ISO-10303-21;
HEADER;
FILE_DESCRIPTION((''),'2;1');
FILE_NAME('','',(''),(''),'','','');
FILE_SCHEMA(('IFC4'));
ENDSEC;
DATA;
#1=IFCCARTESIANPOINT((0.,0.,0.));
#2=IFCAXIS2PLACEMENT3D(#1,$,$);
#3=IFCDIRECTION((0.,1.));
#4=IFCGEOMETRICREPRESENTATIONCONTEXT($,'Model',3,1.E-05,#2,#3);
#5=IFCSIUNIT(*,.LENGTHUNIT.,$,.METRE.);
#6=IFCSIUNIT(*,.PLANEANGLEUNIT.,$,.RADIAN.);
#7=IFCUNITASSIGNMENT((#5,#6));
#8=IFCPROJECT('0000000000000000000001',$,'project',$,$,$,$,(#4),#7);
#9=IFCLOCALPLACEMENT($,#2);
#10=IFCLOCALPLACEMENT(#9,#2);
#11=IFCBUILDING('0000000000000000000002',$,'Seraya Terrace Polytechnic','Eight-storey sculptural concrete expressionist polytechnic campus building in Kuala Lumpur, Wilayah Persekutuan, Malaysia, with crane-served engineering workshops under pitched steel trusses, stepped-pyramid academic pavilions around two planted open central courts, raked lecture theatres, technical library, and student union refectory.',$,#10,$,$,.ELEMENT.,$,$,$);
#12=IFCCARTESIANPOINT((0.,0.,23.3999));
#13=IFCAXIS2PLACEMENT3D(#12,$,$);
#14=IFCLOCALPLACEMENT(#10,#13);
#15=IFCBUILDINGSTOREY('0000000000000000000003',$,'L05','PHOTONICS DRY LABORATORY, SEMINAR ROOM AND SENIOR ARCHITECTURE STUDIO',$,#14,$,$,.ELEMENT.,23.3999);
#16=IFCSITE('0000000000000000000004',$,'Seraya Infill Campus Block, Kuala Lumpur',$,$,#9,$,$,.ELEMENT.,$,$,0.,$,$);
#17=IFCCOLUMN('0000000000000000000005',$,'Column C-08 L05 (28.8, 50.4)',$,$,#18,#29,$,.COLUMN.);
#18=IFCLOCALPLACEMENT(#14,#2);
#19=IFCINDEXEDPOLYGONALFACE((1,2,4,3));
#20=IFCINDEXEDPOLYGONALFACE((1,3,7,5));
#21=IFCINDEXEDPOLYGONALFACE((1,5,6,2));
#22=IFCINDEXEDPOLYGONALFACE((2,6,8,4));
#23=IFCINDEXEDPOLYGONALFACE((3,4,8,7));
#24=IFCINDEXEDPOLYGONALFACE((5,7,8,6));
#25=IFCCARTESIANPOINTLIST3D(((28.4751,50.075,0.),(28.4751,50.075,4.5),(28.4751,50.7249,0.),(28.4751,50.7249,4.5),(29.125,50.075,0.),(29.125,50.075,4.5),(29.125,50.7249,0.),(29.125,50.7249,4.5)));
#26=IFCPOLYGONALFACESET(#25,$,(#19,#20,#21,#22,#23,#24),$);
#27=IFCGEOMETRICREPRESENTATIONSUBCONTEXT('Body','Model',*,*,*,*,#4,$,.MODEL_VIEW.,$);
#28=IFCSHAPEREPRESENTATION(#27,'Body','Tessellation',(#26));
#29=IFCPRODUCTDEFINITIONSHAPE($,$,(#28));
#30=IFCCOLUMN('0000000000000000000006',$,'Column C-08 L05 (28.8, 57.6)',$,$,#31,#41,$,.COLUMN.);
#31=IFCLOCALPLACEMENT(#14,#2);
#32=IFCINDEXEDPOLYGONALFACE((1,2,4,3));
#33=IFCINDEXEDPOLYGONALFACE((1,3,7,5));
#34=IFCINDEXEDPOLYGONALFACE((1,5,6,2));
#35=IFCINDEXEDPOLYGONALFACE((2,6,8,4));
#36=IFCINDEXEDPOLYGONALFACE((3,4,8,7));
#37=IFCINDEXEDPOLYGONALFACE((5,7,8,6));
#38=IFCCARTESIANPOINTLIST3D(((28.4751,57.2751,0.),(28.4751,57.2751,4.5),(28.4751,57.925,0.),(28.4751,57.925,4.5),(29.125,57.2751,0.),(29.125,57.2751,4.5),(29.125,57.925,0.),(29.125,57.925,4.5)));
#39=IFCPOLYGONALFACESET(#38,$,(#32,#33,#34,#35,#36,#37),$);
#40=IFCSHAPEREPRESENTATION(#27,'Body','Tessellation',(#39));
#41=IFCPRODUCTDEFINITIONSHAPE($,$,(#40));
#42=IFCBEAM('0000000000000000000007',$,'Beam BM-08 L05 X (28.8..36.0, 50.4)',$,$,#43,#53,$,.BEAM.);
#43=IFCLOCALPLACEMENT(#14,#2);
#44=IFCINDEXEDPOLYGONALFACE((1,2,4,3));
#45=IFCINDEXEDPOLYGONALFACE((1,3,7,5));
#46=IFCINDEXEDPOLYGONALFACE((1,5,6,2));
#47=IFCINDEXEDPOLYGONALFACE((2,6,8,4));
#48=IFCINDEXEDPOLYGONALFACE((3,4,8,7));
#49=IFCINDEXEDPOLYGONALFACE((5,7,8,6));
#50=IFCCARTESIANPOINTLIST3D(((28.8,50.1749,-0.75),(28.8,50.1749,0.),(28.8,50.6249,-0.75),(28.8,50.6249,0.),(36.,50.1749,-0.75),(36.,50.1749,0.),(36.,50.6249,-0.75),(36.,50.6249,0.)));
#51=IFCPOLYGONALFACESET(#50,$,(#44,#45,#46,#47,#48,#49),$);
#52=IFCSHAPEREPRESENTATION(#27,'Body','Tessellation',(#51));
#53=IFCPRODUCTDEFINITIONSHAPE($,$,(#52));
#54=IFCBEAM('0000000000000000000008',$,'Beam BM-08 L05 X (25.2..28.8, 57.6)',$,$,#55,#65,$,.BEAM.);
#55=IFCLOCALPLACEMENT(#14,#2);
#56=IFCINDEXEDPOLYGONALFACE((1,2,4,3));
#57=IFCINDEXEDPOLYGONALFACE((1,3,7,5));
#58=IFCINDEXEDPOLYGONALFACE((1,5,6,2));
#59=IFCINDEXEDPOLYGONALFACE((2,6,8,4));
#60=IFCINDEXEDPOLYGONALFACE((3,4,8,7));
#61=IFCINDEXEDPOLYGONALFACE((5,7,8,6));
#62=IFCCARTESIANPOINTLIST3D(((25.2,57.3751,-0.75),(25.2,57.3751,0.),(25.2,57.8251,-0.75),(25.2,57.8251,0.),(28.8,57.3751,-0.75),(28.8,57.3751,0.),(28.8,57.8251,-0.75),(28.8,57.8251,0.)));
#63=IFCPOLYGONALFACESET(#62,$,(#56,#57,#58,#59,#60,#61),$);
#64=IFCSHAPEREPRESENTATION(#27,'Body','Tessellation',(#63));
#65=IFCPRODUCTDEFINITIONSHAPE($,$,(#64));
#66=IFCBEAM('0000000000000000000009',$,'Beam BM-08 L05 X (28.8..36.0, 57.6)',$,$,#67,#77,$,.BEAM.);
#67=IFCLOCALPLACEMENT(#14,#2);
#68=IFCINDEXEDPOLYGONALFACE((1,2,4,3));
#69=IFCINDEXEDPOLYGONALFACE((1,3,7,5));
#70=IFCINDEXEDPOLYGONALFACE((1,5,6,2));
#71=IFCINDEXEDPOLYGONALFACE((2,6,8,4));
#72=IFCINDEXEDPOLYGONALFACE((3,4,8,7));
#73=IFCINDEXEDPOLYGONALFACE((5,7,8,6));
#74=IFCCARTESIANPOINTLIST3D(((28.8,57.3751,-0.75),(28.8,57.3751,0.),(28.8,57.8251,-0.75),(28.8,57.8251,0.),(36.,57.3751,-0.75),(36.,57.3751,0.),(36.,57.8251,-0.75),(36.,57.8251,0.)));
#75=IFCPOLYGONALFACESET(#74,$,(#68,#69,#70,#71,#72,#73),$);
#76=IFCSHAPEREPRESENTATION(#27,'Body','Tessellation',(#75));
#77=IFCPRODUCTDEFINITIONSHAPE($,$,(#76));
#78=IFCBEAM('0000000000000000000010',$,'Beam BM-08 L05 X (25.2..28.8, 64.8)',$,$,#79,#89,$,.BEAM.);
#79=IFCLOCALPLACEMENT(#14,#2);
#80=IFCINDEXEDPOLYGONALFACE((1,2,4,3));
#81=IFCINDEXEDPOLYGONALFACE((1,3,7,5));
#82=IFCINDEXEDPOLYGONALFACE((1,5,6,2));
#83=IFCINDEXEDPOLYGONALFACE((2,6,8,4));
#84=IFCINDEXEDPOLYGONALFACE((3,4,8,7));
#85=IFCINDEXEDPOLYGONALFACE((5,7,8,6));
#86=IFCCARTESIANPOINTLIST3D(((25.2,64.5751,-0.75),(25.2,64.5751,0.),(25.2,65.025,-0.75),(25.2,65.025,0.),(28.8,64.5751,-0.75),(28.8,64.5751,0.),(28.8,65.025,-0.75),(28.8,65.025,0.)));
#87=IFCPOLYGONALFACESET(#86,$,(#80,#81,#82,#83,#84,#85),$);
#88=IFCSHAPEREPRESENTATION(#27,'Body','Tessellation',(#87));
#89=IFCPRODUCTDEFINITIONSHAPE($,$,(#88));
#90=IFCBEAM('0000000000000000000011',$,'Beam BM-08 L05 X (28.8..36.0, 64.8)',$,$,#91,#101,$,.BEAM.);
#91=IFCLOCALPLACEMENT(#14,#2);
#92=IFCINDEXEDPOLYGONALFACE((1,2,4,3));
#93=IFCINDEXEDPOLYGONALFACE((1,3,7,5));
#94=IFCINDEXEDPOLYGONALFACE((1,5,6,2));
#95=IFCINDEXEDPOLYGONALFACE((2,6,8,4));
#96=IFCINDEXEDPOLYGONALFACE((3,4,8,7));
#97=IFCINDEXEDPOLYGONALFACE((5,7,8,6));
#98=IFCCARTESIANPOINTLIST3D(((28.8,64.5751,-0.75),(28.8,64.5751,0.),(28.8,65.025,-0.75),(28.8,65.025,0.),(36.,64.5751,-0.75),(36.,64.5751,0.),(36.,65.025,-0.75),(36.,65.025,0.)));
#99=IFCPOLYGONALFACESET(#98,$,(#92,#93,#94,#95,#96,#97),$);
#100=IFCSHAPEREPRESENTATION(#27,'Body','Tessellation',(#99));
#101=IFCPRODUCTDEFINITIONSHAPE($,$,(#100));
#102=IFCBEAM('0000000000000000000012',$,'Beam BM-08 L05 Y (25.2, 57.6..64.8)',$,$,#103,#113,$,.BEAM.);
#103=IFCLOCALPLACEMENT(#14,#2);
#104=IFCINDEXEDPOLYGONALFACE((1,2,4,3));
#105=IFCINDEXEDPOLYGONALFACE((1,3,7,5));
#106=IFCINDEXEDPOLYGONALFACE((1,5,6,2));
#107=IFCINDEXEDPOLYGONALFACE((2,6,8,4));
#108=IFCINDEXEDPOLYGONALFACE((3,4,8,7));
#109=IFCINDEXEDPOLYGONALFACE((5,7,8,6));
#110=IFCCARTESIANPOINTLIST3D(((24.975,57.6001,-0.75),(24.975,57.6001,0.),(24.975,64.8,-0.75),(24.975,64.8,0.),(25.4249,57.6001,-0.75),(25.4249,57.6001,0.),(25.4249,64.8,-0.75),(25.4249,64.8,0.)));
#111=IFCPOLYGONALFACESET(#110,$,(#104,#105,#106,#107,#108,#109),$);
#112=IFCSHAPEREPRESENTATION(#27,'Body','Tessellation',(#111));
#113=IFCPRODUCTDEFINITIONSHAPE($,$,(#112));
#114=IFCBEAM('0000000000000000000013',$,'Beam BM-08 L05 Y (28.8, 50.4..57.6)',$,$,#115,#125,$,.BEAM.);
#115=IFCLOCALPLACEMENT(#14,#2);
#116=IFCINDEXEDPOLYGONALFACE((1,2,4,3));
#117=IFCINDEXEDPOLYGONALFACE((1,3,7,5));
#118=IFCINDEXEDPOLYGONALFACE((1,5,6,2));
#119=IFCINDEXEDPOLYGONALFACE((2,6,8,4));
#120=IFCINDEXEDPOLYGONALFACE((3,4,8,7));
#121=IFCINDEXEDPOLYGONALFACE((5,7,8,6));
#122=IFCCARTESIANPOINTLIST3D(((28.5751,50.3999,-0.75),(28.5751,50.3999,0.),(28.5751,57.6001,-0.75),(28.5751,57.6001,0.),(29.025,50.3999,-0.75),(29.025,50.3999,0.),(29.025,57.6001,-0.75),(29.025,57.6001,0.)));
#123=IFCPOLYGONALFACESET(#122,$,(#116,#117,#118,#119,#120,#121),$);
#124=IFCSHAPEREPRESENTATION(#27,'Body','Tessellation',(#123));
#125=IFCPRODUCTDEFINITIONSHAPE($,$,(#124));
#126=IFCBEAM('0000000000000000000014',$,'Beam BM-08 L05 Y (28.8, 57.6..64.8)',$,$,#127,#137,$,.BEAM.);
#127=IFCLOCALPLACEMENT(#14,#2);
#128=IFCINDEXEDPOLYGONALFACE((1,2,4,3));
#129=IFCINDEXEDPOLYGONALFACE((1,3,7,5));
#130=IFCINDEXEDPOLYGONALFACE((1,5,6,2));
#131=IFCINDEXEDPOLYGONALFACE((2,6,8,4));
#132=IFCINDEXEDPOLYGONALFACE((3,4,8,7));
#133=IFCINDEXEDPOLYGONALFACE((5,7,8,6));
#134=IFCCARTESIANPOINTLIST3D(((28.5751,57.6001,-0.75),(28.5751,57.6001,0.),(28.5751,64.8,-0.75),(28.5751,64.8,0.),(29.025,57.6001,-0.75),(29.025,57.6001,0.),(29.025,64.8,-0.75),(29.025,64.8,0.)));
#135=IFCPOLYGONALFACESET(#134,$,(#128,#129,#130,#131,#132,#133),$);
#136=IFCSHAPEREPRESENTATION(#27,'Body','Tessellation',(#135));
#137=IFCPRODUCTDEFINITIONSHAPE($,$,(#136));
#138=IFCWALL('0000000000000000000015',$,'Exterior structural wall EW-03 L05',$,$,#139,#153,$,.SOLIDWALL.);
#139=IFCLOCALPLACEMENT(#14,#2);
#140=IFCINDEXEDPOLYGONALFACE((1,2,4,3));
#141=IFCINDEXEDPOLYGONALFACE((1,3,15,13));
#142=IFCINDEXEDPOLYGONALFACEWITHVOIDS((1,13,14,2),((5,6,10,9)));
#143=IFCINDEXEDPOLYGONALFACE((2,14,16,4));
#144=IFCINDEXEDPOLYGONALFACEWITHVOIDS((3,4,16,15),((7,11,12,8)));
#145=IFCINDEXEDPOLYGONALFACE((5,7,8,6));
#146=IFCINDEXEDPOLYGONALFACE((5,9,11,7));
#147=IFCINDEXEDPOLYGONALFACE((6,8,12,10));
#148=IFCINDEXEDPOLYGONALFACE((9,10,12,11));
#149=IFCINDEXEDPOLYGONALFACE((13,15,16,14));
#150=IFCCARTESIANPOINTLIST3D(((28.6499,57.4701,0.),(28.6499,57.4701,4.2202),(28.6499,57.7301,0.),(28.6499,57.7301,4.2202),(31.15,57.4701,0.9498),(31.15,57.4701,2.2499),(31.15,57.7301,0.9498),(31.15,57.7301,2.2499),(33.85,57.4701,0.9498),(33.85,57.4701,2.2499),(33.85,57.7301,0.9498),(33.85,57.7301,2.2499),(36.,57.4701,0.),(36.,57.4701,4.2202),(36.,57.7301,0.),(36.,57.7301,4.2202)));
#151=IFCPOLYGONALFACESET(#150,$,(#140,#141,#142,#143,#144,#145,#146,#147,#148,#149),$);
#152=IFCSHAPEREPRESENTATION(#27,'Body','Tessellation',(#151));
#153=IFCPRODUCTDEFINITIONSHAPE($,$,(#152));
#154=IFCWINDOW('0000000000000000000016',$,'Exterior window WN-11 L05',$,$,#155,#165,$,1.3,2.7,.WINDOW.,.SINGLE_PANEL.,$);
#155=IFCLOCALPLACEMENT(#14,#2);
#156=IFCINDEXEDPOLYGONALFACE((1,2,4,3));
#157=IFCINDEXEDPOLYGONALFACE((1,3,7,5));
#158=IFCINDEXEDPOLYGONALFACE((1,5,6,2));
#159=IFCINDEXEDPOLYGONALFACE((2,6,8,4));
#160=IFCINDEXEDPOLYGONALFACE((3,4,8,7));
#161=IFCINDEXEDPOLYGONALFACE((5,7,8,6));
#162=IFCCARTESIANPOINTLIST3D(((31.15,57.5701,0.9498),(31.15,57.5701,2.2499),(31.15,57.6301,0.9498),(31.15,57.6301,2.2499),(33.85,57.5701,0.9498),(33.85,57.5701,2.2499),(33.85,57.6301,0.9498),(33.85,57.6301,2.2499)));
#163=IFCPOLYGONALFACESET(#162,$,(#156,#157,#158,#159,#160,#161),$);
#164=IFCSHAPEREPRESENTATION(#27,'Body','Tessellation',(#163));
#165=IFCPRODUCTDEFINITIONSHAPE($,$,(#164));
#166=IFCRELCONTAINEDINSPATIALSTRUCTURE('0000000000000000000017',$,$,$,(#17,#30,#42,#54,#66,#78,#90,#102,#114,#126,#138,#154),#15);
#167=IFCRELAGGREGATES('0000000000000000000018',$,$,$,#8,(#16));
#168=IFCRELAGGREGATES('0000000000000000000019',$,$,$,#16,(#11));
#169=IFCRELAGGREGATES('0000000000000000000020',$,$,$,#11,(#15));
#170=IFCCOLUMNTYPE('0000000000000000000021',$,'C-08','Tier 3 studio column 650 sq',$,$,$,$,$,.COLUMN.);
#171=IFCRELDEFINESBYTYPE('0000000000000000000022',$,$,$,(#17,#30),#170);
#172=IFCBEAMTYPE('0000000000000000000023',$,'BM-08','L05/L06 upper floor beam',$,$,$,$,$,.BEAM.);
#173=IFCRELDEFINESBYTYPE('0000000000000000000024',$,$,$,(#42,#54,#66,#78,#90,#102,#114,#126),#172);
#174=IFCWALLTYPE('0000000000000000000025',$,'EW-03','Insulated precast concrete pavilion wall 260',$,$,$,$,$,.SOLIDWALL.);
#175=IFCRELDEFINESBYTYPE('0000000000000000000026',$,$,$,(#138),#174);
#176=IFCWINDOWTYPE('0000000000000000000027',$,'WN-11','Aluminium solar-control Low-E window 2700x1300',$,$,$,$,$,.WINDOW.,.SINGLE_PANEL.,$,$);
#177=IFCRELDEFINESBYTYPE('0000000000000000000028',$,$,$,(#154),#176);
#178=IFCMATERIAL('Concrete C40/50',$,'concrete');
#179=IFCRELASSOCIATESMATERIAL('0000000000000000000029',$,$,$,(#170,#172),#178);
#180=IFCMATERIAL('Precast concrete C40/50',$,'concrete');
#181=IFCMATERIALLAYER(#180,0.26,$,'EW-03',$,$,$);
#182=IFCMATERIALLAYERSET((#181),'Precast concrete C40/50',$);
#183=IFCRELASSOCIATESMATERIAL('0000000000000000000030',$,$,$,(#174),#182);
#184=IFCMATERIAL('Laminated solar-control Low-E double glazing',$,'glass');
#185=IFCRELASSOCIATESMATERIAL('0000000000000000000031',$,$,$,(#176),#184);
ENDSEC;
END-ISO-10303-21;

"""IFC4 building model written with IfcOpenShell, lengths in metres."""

from ifc_helpers import new_model, si_unit, direction, frame, frame_2d, origin, origin_2d, place, context, subcontext, project, spatial, rectangle, extrude, material, layer, layer_set, material_profile, profile_set, type_object, element, fill, save


model = new_model("IFC4")

# Units and contexts
model_context = context("Model", 3, precision=1e-05, world=origin(), true_north=direction((0.0, 1.0)))
body_context = subcontext(model_context, "Body", "Model", "MODEL_VIEW")
ifc_project = project(units=[si_unit("LENGTHUNIT", "METRE"), si_unit("PLANEANGLEUNIT", "RADIAN")], contexts=[model_context])

# Site, building, storey
site_placement = place(None, origin())
site = spatial("IfcSite", under=ifc_project, at=site_placement, Name="Seraya Infill Campus Block, Kuala Lumpur", CompositionType="ELEMENT", RefElevation=0.0)
building_placement = place(site_placement, origin())
building = spatial("IfcBuilding", under=site, at=building_placement, Name="Seraya Terrace Polytechnic", Description="Eight-storey sculptural concrete expressionist polytechnic campus building in Kuala Lumpur, Wilayah Persekutuan, Malaysia, with crane-served engineering workshops under pitched steel trusses, stepped-pyramid academic pavilions around two planted open central courts, raked lecture theatres, technical library, and student union refectory.", CompositionType="ELEMENT")
storey_placement = place(building_placement, frame((0.0, 0.0, 23.3999)))
storey = spatial("IfcBuildingStorey", under=building, at=storey_placement, Name="L05", Description="PHOTONICS DRY LABORATORY, SEMINAR ROOM AND SENIOR ARCHITECTURE STUDIO", CompositionType="ELEMENT", Elevation=23.3999)

# Columns
ifc_material_1 = material(Name="Concrete C40/50", Category="concrete")
ifc_material_profile_1 = material_profile(ifc_material_1, rectangle(XDim=0.6499, YDim=0.6499, at=origin_2d()), Name="RC 650x650")
ifc_profile_set_1 = profile_set([ifc_material_profile_1], Name="Concrete C40/50")
column_type = type_object("IfcColumnType", Name="C-08", Description="Tier 3 studio column 650 sq", PredefinedType="COLUMN", material=ifc_profile_set_1)
for number, where, z_axis, x_axis, name in (
    (1, (28.8, 50.3999, 0.0), (0.0, 0.0, 1.0), (1.0, 0.0, 0.0), "Column C-08 L05 (28.8, 50.4)"),
    (2, (28.8, 57.6001, 0.0), (0.0, 0.0, 1.0), (1.0, 0.0, 0.0), "Column C-08 L05 (28.8, 57.6)"),
):
    element("IfcColumn", number, at=place(storey_placement, frame(where, z_axis=z_axis, x_axis=x_axis)), inside=storey, type_object=column_type, Name=name, PredefinedType="COLUMN", context=body_context, shape_type="SweptSolid", body=[
        extrude(rectangle(XDim=0.6499, YDim=0.6499, at=origin_2d()), origin(), (0.0, 0.0, 1.0), 4.5),
    ])

# Beams
ifc_material_profile_2 = material_profile(ifc_material_1, rectangle(XDim=0.45, YDim=0.75, at=origin_2d()), Name="RC 450x750")
ifc_profile_set_2 = profile_set([ifc_material_profile_2], Name="Concrete C40/50")
beam_type = type_object("IfcBeamType", Name="BM-08", Description="L05/L06 upper floor beam", PredefinedType="BEAM", material=ifc_profile_set_2)
beam_1_placement = place(storey_placement, frame((28.8, 50.3999, -0.375), z_axis=(1.0, 0.0, 0.0), x_axis=(0.0, 1.0, 0.0)))
element("IfcBeam", 3, at=beam_1_placement, inside=storey, type_object=beam_type, Name="Beam BM-08 L05 X (28.8..36.0, 50.4)", PredefinedType="BEAM", context=body_context, shape_type="SweptSolid", body=[
    extrude(rectangle(XDim=0.45, YDim=0.75, at=origin_2d()), origin(), (0.0, 0.0, 1.0), 7.2),
])
beam_2_placement = place(storey_placement, frame((25.2, 57.6001, -0.375), z_axis=(1.0, 0.0, 0.0), x_axis=(0.0, 1.0, 0.0)))
element("IfcBeam", 4, at=beam_2_placement, inside=storey, type_object=beam_type, Name="Beam BM-08 L05 X (25.2..28.8, 57.6)", PredefinedType="BEAM", context=body_context, shape_type="SweptSolid", body=[
    extrude(rectangle(XDim=0.45, YDim=0.75, at=origin_2d()), origin(), (0.0, 0.0, 1.0), 3.6001),
])
beam_3_placement = place(storey_placement, frame((28.8, 57.6001, -0.375), z_axis=(1.0, 0.0, 0.0), x_axis=(0.0, 1.0, 0.0)))
element("IfcBeam", 5, at=beam_3_placement, inside=storey, type_object=beam_type, Name="Beam BM-08 L05 X (28.8..36.0, 57.6)", PredefinedType="BEAM", context=body_context, shape_type="SweptSolid", body=[
    extrude(rectangle(XDim=0.45, YDim=0.75, at=origin_2d()), origin(), (0.0, 0.0, 1.0), 7.2),
])
beam_4_placement = place(storey_placement, frame((25.2, 64.8, -0.375), z_axis=(1.0, 0.0, 0.0), x_axis=(0.0, 1.0, 0.0)))
element("IfcBeam", 6, at=beam_4_placement, inside=storey, type_object=beam_type, Name="Beam BM-08 L05 X (25.2..28.8, 64.8)", PredefinedType="BEAM", context=body_context, shape_type="SweptSolid", body=[
    extrude(rectangle(XDim=0.45, YDim=0.75, at=origin_2d()), origin(), (0.0, 0.0, 1.0), 3.6001),
])
for number, where, z_axis, x_axis, name in (
    (7, (28.8, 64.8, -0.375), (1.0, 0.0, 0.0), (0.0, 1.0, 0.0), "Beam BM-08 L05 X (28.8..36.0, 64.8)"),
    (8, (25.2, 57.6001, -0.375), (0.0, 1.0, 0.0), (-1.0, 0.0, 0.0), "Beam BM-08 L05 Y (25.2, 57.6..64.8)"),
):
    element("IfcBeam", number, at=place(storey_placement, frame(where, z_axis=z_axis, x_axis=x_axis)), inside=storey, type_object=beam_type, Name=name, PredefinedType="BEAM", context=body_context, shape_type="SweptSolid", body=[
        extrude(rectangle(XDim=0.45, YDim=0.75, at=origin_2d()), origin(), (0.0, 0.0, 1.0), 7.2),
    ])
beam_5_placement = place(storey_placement, frame((28.8, 50.3999, -0.375), z_axis=(0.0, 1.0, 0.0), x_axis=(-1.0, 0.0, 0.0)))
element("IfcBeam", 9, at=beam_5_placement, inside=storey, type_object=beam_type, Name="Beam BM-08 L05 Y (28.8, 50.4..57.6)", PredefinedType="BEAM", context=body_context, shape_type="SweptSolid", body=[
    extrude(rectangle(XDim=0.45, YDim=0.75, at=origin_2d()), origin(), (0.0, 0.0, 1.0), 7.2002),
])
beam_6_placement = place(storey_placement, frame((28.8, 57.6001, -0.375), z_axis=(0.0, 1.0, 0.0), x_axis=(-1.0, 0.0, 0.0)))
element("IfcBeam", 10, at=beam_6_placement, inside=storey, type_object=beam_type, Name="Beam BM-08 L05 Y (28.8, 57.6..64.8)", PredefinedType="BEAM", context=body_context, shape_type="SweptSolid", body=[
    extrude(rectangle(XDim=0.45, YDim=0.75, at=origin_2d()), origin(), (0.0, 0.0, 1.0), 7.2),
])

# Wall, opening, window
ifc_material_2 = material(Name="Precast concrete C40/50", Category="concrete")
ifc_layer_1 = layer(ifc_material_2, 0.26, Name="EW-03")
ifc_layer_set_1 = layer_set([ifc_layer_1], Name="Precast concrete C40/50")
wall_type_1 = type_object("IfcWallType", Name="EW-03", Description="Insulated precast concrete pavilion wall 260", PredefinedType="SOLIDWALL", material=ifc_layer_set_1)
wall_1_placement = place(storey_placement, frame((28.6499, 57.6001, 0.0), z_axis=(0.0, 0.0, 1.0), x_axis=(1.0, 0.0, 0.0)))
wall_1 = element("IfcWall", 11, at=wall_1_placement, inside=storey, type_object=wall_type_1, Name="Exterior structural wall EW-03 L05", PredefinedType="SOLIDWALL", context=body_context, shape_type="SweptSolid", body=[
    extrude(rectangle(XDim=7.3501, YDim=0.26, at=frame_2d((3.675, 0.0))), origin(), (0.0, 0.0, 1.0), 4.2202),
])
opening_1_placement = place(wall_1_placement, frame((2.5, 0.0, 0.95)))
opening_1 = element("IfcOpeningElement", 12, at=opening_1_placement, cuts=wall_1, PredefinedType="OPENING", context=body_context, shape_type="SweptSolid", body=[
    extrude(rectangle(XDim=2.7, YDim=1.3, at=frame_2d((1.3501, 0.6499))), frame((0.0, 0.1421, 0.0), z_axis=(0.0, -1.0, 0.0), x_axis=(1.0, 0.0, 0.0)), (0.0, 0.0, 1.0), 0.2839),
])
ifc_material_3 = material(Name="Laminated solar-control Low-E double glazing", Category="glass")
window_type_1 = type_object("IfcWindowType", Name="WN-11", Description="Aluminium solar-control Low-E window 2700x1300", PartitioningType="SINGLE_PANEL", PredefinedType="WINDOW", material=ifc_material_3)
window_1_placement = place(opening_1_placement, origin())
window_1 = element("IfcWindow", 13, at=window_1_placement, inside=storey, type_object=window_type_1, Name="Exterior window WN-11 L05", OverallHeight=1.3, OverallWidth=2.7, PartitioningType="SINGLE_PANEL", PredefinedType="WINDOW", context=body_context, shape_type="SweptSolid", body=[
    extrude(rectangle(XDim=2.7, YDim=1.3, at=frame_2d((1.3501, 0.6499))), frame((0.0, 0.03, 0.0), z_axis=(0.0, -1.0, 0.0), x_axis=(1.0, 0.0, 0.0)), (0.0, 0.0, 1.0), 0.0601),
])
fill(opening_1, window_1)

save(model, "model.ifc")
